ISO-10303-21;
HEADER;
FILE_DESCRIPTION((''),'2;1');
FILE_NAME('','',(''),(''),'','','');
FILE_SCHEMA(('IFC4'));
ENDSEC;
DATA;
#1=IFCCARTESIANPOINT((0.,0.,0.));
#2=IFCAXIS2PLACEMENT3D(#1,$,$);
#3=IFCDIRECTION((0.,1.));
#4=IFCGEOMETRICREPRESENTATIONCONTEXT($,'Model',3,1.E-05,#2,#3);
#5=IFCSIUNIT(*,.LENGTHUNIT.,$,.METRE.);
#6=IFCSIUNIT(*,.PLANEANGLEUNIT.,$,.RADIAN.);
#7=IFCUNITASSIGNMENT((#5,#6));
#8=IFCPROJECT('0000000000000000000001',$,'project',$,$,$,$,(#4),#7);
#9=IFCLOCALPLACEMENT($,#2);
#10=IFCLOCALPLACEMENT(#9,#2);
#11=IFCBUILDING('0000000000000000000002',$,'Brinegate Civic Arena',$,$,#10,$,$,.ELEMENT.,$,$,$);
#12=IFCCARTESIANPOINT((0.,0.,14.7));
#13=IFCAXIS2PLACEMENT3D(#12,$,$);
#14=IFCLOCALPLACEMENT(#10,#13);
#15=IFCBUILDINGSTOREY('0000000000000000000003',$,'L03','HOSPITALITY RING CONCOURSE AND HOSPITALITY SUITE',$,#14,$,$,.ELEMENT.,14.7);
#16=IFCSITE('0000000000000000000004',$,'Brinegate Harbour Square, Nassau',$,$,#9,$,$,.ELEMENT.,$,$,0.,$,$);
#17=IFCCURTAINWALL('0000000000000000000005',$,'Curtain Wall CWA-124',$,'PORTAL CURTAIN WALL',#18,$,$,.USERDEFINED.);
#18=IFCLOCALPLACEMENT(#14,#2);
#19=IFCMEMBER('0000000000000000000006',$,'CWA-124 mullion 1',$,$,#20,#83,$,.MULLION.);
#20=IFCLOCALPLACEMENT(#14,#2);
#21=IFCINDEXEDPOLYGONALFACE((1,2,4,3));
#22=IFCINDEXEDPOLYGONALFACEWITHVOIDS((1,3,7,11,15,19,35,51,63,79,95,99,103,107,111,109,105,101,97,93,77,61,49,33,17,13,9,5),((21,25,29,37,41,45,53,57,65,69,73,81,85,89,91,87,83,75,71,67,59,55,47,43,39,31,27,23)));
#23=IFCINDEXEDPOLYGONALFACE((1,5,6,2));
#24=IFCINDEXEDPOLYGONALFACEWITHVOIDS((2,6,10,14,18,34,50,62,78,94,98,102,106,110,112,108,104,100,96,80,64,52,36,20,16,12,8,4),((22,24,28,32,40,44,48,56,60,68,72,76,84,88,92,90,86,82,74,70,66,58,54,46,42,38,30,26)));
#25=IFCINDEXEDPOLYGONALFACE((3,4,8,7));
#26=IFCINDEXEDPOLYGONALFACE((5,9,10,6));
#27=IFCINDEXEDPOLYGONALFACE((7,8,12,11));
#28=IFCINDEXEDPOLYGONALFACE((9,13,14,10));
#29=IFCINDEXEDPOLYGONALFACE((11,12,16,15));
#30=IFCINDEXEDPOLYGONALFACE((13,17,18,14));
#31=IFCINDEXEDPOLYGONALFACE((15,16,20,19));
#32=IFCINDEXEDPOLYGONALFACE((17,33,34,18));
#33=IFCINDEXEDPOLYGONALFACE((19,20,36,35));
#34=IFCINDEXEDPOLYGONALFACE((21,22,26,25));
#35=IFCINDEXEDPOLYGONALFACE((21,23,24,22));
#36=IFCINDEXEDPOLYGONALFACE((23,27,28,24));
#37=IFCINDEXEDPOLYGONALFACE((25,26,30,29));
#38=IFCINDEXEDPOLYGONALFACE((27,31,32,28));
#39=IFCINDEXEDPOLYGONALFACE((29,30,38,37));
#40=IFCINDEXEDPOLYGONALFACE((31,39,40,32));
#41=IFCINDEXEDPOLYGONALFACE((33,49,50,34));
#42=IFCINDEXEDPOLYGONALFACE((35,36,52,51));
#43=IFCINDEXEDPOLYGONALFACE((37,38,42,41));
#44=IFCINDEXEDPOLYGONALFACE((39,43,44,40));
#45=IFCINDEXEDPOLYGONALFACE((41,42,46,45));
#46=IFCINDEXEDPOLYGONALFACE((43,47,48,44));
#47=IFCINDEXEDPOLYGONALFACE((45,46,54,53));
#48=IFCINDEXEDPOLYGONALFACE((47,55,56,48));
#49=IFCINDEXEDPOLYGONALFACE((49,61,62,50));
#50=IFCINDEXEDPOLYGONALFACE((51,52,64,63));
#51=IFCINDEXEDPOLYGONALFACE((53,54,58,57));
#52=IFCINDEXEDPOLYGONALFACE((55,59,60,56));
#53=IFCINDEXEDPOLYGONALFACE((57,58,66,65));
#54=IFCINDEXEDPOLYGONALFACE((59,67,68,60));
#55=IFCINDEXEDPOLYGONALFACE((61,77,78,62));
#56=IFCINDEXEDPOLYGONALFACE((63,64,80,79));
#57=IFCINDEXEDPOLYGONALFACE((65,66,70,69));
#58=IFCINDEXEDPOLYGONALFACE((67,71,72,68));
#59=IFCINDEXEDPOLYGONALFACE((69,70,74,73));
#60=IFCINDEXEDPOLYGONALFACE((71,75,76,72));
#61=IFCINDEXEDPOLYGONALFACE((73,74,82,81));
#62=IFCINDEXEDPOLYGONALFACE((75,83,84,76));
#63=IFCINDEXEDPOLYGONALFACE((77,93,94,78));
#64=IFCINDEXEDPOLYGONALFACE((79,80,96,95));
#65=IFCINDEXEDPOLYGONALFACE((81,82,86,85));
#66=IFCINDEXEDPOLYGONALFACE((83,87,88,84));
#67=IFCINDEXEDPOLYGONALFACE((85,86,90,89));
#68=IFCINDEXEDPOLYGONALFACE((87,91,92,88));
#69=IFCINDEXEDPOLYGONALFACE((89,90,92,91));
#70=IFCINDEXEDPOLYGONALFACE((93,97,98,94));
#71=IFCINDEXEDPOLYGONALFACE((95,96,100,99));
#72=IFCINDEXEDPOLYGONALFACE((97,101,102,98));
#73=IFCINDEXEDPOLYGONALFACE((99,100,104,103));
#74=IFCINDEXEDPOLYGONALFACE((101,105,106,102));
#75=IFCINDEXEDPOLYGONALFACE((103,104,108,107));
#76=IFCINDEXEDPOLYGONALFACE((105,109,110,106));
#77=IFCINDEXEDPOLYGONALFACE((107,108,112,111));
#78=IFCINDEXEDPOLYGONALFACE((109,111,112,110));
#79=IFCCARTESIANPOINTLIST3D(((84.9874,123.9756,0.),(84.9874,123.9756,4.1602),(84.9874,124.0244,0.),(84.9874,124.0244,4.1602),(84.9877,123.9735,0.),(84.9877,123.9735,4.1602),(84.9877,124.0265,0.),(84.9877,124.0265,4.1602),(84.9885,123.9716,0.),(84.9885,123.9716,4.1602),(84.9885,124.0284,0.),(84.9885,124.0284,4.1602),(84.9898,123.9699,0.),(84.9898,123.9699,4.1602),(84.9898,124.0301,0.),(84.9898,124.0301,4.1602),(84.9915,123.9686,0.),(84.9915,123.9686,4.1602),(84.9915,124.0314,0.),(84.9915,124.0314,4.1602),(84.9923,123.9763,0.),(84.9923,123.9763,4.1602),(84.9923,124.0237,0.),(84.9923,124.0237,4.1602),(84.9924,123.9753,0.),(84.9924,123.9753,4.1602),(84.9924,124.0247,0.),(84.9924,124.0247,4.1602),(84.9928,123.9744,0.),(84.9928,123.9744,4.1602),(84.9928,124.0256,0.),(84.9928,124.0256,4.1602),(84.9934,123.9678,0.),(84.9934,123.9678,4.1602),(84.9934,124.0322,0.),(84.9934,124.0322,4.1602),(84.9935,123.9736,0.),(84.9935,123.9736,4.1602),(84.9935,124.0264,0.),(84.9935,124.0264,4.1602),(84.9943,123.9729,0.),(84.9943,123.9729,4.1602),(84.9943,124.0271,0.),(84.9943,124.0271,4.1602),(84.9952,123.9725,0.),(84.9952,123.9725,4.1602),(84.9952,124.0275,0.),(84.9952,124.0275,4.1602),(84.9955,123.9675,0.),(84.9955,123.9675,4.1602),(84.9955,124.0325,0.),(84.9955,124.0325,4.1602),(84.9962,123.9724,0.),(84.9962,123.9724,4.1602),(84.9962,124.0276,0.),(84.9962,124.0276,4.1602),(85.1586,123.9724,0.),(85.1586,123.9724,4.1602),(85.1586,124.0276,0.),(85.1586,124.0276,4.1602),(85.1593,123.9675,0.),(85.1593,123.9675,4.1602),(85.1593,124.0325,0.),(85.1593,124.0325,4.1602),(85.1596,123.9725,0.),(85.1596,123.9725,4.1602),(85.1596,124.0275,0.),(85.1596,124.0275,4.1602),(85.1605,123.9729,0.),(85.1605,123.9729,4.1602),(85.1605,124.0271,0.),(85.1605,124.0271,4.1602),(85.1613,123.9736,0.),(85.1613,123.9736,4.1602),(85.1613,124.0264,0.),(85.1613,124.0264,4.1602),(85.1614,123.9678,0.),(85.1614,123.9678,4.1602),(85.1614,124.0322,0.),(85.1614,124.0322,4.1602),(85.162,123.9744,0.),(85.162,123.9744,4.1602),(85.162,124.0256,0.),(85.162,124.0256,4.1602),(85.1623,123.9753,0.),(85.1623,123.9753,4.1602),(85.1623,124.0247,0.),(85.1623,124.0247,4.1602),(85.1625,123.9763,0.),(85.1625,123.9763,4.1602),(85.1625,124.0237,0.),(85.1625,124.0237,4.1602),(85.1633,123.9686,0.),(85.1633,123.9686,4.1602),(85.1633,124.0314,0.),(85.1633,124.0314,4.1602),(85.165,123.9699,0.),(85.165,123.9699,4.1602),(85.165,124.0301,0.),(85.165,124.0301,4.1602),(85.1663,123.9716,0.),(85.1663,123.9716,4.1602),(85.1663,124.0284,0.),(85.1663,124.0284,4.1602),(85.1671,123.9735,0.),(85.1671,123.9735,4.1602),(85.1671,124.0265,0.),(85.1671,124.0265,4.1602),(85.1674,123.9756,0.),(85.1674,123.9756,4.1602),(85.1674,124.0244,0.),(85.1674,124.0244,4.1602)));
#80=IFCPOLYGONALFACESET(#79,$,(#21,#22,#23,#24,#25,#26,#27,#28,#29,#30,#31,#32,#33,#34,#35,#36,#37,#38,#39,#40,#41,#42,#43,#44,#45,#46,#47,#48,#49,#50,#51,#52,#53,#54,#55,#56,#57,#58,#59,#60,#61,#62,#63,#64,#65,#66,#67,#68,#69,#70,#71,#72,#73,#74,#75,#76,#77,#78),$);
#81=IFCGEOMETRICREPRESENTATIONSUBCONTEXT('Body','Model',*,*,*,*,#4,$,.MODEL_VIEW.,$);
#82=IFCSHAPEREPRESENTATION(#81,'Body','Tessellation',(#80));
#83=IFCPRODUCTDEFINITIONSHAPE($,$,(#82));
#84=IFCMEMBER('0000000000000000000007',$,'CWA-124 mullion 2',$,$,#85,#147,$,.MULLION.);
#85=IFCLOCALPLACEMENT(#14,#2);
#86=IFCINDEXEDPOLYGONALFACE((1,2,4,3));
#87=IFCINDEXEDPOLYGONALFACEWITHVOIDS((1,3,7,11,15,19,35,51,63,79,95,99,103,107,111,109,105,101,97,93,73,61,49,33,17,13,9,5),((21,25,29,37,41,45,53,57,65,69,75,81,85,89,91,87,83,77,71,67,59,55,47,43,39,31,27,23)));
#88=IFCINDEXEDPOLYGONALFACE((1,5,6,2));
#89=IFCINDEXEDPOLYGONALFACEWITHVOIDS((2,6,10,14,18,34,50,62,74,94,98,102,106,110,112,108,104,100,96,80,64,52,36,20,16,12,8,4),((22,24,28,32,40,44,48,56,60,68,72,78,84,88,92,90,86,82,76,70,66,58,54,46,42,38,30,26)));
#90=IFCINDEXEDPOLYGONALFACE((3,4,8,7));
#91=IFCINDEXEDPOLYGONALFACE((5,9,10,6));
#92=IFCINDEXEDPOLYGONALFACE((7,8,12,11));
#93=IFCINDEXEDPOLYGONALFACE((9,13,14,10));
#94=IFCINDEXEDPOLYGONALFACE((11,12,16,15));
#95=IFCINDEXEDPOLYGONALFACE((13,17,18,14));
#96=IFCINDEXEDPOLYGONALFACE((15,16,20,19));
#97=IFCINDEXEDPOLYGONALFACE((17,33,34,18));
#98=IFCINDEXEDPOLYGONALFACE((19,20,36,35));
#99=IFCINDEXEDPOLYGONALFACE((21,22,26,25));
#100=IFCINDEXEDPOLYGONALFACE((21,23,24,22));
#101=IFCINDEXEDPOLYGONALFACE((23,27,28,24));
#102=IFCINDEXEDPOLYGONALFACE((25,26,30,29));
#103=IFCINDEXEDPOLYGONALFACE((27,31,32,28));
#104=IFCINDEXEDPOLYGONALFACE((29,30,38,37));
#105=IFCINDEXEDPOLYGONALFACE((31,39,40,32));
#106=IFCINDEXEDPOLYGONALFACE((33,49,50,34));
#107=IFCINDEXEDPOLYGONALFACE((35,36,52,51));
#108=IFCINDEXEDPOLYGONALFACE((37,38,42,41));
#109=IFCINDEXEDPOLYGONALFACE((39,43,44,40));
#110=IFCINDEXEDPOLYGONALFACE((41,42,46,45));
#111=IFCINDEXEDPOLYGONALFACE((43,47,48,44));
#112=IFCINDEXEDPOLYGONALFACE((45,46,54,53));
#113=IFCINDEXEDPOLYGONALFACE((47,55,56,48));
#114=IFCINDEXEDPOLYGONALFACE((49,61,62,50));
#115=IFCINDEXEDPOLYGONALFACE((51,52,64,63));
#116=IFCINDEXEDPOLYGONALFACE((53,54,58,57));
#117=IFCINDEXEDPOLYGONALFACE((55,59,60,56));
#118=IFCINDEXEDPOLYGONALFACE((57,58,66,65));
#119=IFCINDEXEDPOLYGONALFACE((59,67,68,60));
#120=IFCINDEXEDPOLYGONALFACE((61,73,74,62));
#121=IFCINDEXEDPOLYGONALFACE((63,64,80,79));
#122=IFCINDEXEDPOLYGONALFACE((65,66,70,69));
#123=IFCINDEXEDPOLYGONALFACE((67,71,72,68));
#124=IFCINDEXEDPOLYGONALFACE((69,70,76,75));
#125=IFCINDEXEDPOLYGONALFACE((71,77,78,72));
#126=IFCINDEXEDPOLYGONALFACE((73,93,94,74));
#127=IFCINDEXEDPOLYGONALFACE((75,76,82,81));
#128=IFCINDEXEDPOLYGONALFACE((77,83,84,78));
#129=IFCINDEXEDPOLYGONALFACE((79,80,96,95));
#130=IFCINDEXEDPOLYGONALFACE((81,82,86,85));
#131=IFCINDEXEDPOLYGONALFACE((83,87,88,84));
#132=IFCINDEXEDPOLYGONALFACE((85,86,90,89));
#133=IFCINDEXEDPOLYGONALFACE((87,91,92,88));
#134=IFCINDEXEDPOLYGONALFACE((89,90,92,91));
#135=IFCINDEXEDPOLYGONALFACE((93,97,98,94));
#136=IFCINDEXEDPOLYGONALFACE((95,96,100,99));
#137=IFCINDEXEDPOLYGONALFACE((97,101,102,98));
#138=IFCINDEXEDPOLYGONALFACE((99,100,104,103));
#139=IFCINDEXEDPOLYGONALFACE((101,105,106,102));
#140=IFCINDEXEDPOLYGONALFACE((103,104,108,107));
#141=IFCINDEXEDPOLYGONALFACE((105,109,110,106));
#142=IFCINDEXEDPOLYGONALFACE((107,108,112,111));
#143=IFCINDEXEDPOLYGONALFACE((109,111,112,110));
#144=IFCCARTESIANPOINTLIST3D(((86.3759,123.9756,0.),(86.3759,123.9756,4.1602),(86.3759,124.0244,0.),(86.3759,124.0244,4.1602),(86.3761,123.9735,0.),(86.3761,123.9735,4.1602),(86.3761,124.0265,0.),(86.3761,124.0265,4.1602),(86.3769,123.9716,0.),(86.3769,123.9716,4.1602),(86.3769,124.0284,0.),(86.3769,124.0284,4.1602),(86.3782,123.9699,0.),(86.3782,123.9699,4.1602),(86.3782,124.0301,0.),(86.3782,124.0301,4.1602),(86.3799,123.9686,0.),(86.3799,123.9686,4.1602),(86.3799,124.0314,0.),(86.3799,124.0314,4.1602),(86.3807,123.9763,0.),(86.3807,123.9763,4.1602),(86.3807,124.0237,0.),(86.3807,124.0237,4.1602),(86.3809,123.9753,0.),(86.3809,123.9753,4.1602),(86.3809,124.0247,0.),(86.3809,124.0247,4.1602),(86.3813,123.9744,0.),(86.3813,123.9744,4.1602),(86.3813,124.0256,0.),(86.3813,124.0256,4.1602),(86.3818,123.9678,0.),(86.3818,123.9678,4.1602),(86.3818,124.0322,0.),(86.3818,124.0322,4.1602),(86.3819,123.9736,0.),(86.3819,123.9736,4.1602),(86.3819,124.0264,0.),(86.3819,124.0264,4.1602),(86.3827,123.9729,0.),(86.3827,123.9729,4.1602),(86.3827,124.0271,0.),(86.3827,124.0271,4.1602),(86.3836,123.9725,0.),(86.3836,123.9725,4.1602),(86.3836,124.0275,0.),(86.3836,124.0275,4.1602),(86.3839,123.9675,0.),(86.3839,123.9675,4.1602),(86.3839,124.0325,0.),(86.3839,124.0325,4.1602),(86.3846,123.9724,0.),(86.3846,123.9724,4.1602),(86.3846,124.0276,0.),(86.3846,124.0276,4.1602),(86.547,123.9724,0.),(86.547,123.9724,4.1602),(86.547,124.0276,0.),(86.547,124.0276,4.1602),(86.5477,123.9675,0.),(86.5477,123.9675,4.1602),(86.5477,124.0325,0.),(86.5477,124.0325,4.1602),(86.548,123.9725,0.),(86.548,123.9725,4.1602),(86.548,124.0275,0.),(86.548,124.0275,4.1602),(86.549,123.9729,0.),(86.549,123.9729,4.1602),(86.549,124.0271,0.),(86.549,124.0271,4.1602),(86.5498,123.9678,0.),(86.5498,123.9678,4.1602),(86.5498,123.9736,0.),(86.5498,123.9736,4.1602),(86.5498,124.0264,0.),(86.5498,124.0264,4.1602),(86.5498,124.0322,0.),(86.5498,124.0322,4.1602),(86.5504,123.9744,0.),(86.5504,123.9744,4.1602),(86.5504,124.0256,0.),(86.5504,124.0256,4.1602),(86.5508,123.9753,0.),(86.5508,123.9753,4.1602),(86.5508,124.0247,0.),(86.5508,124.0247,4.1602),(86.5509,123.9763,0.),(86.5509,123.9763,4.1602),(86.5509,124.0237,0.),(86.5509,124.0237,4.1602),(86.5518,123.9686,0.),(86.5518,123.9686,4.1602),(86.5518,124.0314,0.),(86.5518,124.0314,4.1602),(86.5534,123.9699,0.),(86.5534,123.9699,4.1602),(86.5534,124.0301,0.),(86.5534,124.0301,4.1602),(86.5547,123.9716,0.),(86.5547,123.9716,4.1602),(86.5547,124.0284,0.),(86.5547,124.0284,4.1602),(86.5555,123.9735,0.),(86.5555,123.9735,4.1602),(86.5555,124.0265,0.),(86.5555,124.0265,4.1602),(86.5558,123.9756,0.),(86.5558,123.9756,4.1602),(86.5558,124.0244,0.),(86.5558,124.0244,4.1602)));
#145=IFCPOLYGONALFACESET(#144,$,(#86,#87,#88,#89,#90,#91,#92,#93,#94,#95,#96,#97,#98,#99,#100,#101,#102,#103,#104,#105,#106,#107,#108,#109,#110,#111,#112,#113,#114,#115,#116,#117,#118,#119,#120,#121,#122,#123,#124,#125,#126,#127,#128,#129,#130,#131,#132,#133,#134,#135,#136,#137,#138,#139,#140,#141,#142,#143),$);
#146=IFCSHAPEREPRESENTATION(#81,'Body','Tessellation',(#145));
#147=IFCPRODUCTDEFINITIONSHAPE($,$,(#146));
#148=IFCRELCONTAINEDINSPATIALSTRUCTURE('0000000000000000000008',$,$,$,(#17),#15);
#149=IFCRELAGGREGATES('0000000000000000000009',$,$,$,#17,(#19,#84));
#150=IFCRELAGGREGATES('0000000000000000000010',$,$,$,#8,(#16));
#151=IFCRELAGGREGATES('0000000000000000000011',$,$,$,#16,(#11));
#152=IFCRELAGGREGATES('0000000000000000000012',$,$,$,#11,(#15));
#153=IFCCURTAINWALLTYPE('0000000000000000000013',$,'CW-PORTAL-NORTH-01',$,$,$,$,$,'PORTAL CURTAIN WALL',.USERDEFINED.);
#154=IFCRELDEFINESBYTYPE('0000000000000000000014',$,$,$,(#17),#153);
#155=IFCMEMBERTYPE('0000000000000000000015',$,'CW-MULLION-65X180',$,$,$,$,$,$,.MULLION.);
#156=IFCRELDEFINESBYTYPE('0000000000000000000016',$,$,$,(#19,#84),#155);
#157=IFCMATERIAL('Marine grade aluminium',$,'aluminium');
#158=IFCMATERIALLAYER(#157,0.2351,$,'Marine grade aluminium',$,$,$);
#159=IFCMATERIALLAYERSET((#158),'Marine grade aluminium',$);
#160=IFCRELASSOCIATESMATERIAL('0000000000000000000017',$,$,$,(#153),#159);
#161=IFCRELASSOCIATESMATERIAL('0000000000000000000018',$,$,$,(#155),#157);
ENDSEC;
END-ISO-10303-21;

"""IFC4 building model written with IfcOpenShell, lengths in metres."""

from ifc_helpers import new_model, si_unit, direction, frame, origin, origin_2d, place, context, subcontext, project, spatial, hollow_rectangle, extrude, material, layer, layer_set, material_profile, profile_set, type_object, element, aggregate, save


model = new_model("IFC4")

# Units and contexts
model_context = context("Model", 3, precision=1e-05, world=origin(), true_north=direction((0.0, 1.0)))
body_context = subcontext(model_context, "Body", "Model", "MODEL_VIEW")
ifc_project = project(units=[si_unit("LENGTHUNIT", "METRE"), si_unit("PLANEANGLEUNIT", "RADIAN")], contexts=[model_context])

# Site, building, storey
site_placement = place(None, origin())
site = spatial("IfcSite", under=ifc_project, at=site_placement, Name="Brinegate Harbour Square, Nassau", CompositionType="ELEMENT", RefElevation=0.0)
building_placement = place(site_placement, origin())
building = spatial("IfcBuilding", under=site, at=building_placement, Name="Brinegate Civic Arena", CompositionType="ELEMENT")
storey_placement = place(building_placement, frame((0.0, 0.0, 14.7)))
storey = spatial("IfcBuildingStorey", under=building, at=storey_placement, Name="L03", Description="HOSPITALITY RING CONCOURSE AND HOSPITALITY SUITE", CompositionType="ELEMENT", Elevation=14.7)

# Curtain wall, members
ifc_material_1 = material(Name="Marine grade aluminium", Category="aluminium")
ifc_layer_1 = layer(ifc_material_1, 0.2351, Name="Marine grade aluminium")
ifc_layer_set_1 = layer_set([ifc_layer_1], Name="Marine grade aluminium")
curtain_wall_type = type_object("IfcCurtainWallType", Name="CW-PORTAL-NORTH-01", ElementType="PORTAL CURTAIN WALL", PredefinedType="USERDEFINED", material=ifc_layer_set_1)
curtain_wall_placement = place(storey_placement, origin())
curtain_wall = element("IfcCurtainWall", 1, at=curtain_wall_placement, inside=storey, type_object=curtain_wall_type, Name="Curtain Wall CWA-124", ObjectType="PORTAL CURTAIN WALL", PredefinedType="USERDEFINED")
ifc_material_profile_1 = material_profile(ifc_material_1, hollow_rectangle(XDim=0.0649, YDim=0.1799, WallThickness=0.0049, InnerFilletRadius=0.0039, OuterFilletRadius=0.0081, at=origin_2d()), Name="MUL65X180")
ifc_profile_set_1 = profile_set([ifc_material_profile_1], Name="Marine grade aluminium")
member_type_1 = type_object("IfcMemberType", Name="CW-MULLION-65X180", PredefinedType="MULLION", material=ifc_profile_set_1)
member_1_placement = place(storey_placement, frame((85.0774, 124.0, 0.0), z_axis=(0.0, 0.0, 1.0), x_axis=(0.0, 1.0, 0.0)))
member_1 = element("IfcMember", 2, at=member_1_placement, type_object=member_type_1, Name="CWA-124 mullion 1", PredefinedType="MULLION", context=body_context, shape_type="SweptSolid", body=[
    extrude(hollow_rectangle(XDim=0.0649, YDim=0.1799, WallThickness=0.0049, InnerFilletRadius=0.0039, OuterFilletRadius=0.0081, at=origin_2d()), origin(), (0.0, 0.0, 1.0), 4.1602),
])
member_2_placement = place(storey_placement, frame((86.4658, 124.0, 0.0), z_axis=(0.0, 0.0, 1.0), x_axis=(0.0, 1.0, 0.0)))
member_2 = element("IfcMember", 3, at=member_2_placement, type_object=member_type_1, Name="CWA-124 mullion 2", PredefinedType="MULLION", context=body_context, shape_type="SweptSolid", body=[
    extrude(hollow_rectangle(XDim=0.0649, YDim=0.1799, WallThickness=0.0049, InnerFilletRadius=0.0039, OuterFilletRadius=0.0081, at=origin_2d()), origin(), (0.0, 0.0, 1.0), 4.1602),
])

aggregate(curtain_wall, [member_1, member_2])

save(model, "model.ifc")
